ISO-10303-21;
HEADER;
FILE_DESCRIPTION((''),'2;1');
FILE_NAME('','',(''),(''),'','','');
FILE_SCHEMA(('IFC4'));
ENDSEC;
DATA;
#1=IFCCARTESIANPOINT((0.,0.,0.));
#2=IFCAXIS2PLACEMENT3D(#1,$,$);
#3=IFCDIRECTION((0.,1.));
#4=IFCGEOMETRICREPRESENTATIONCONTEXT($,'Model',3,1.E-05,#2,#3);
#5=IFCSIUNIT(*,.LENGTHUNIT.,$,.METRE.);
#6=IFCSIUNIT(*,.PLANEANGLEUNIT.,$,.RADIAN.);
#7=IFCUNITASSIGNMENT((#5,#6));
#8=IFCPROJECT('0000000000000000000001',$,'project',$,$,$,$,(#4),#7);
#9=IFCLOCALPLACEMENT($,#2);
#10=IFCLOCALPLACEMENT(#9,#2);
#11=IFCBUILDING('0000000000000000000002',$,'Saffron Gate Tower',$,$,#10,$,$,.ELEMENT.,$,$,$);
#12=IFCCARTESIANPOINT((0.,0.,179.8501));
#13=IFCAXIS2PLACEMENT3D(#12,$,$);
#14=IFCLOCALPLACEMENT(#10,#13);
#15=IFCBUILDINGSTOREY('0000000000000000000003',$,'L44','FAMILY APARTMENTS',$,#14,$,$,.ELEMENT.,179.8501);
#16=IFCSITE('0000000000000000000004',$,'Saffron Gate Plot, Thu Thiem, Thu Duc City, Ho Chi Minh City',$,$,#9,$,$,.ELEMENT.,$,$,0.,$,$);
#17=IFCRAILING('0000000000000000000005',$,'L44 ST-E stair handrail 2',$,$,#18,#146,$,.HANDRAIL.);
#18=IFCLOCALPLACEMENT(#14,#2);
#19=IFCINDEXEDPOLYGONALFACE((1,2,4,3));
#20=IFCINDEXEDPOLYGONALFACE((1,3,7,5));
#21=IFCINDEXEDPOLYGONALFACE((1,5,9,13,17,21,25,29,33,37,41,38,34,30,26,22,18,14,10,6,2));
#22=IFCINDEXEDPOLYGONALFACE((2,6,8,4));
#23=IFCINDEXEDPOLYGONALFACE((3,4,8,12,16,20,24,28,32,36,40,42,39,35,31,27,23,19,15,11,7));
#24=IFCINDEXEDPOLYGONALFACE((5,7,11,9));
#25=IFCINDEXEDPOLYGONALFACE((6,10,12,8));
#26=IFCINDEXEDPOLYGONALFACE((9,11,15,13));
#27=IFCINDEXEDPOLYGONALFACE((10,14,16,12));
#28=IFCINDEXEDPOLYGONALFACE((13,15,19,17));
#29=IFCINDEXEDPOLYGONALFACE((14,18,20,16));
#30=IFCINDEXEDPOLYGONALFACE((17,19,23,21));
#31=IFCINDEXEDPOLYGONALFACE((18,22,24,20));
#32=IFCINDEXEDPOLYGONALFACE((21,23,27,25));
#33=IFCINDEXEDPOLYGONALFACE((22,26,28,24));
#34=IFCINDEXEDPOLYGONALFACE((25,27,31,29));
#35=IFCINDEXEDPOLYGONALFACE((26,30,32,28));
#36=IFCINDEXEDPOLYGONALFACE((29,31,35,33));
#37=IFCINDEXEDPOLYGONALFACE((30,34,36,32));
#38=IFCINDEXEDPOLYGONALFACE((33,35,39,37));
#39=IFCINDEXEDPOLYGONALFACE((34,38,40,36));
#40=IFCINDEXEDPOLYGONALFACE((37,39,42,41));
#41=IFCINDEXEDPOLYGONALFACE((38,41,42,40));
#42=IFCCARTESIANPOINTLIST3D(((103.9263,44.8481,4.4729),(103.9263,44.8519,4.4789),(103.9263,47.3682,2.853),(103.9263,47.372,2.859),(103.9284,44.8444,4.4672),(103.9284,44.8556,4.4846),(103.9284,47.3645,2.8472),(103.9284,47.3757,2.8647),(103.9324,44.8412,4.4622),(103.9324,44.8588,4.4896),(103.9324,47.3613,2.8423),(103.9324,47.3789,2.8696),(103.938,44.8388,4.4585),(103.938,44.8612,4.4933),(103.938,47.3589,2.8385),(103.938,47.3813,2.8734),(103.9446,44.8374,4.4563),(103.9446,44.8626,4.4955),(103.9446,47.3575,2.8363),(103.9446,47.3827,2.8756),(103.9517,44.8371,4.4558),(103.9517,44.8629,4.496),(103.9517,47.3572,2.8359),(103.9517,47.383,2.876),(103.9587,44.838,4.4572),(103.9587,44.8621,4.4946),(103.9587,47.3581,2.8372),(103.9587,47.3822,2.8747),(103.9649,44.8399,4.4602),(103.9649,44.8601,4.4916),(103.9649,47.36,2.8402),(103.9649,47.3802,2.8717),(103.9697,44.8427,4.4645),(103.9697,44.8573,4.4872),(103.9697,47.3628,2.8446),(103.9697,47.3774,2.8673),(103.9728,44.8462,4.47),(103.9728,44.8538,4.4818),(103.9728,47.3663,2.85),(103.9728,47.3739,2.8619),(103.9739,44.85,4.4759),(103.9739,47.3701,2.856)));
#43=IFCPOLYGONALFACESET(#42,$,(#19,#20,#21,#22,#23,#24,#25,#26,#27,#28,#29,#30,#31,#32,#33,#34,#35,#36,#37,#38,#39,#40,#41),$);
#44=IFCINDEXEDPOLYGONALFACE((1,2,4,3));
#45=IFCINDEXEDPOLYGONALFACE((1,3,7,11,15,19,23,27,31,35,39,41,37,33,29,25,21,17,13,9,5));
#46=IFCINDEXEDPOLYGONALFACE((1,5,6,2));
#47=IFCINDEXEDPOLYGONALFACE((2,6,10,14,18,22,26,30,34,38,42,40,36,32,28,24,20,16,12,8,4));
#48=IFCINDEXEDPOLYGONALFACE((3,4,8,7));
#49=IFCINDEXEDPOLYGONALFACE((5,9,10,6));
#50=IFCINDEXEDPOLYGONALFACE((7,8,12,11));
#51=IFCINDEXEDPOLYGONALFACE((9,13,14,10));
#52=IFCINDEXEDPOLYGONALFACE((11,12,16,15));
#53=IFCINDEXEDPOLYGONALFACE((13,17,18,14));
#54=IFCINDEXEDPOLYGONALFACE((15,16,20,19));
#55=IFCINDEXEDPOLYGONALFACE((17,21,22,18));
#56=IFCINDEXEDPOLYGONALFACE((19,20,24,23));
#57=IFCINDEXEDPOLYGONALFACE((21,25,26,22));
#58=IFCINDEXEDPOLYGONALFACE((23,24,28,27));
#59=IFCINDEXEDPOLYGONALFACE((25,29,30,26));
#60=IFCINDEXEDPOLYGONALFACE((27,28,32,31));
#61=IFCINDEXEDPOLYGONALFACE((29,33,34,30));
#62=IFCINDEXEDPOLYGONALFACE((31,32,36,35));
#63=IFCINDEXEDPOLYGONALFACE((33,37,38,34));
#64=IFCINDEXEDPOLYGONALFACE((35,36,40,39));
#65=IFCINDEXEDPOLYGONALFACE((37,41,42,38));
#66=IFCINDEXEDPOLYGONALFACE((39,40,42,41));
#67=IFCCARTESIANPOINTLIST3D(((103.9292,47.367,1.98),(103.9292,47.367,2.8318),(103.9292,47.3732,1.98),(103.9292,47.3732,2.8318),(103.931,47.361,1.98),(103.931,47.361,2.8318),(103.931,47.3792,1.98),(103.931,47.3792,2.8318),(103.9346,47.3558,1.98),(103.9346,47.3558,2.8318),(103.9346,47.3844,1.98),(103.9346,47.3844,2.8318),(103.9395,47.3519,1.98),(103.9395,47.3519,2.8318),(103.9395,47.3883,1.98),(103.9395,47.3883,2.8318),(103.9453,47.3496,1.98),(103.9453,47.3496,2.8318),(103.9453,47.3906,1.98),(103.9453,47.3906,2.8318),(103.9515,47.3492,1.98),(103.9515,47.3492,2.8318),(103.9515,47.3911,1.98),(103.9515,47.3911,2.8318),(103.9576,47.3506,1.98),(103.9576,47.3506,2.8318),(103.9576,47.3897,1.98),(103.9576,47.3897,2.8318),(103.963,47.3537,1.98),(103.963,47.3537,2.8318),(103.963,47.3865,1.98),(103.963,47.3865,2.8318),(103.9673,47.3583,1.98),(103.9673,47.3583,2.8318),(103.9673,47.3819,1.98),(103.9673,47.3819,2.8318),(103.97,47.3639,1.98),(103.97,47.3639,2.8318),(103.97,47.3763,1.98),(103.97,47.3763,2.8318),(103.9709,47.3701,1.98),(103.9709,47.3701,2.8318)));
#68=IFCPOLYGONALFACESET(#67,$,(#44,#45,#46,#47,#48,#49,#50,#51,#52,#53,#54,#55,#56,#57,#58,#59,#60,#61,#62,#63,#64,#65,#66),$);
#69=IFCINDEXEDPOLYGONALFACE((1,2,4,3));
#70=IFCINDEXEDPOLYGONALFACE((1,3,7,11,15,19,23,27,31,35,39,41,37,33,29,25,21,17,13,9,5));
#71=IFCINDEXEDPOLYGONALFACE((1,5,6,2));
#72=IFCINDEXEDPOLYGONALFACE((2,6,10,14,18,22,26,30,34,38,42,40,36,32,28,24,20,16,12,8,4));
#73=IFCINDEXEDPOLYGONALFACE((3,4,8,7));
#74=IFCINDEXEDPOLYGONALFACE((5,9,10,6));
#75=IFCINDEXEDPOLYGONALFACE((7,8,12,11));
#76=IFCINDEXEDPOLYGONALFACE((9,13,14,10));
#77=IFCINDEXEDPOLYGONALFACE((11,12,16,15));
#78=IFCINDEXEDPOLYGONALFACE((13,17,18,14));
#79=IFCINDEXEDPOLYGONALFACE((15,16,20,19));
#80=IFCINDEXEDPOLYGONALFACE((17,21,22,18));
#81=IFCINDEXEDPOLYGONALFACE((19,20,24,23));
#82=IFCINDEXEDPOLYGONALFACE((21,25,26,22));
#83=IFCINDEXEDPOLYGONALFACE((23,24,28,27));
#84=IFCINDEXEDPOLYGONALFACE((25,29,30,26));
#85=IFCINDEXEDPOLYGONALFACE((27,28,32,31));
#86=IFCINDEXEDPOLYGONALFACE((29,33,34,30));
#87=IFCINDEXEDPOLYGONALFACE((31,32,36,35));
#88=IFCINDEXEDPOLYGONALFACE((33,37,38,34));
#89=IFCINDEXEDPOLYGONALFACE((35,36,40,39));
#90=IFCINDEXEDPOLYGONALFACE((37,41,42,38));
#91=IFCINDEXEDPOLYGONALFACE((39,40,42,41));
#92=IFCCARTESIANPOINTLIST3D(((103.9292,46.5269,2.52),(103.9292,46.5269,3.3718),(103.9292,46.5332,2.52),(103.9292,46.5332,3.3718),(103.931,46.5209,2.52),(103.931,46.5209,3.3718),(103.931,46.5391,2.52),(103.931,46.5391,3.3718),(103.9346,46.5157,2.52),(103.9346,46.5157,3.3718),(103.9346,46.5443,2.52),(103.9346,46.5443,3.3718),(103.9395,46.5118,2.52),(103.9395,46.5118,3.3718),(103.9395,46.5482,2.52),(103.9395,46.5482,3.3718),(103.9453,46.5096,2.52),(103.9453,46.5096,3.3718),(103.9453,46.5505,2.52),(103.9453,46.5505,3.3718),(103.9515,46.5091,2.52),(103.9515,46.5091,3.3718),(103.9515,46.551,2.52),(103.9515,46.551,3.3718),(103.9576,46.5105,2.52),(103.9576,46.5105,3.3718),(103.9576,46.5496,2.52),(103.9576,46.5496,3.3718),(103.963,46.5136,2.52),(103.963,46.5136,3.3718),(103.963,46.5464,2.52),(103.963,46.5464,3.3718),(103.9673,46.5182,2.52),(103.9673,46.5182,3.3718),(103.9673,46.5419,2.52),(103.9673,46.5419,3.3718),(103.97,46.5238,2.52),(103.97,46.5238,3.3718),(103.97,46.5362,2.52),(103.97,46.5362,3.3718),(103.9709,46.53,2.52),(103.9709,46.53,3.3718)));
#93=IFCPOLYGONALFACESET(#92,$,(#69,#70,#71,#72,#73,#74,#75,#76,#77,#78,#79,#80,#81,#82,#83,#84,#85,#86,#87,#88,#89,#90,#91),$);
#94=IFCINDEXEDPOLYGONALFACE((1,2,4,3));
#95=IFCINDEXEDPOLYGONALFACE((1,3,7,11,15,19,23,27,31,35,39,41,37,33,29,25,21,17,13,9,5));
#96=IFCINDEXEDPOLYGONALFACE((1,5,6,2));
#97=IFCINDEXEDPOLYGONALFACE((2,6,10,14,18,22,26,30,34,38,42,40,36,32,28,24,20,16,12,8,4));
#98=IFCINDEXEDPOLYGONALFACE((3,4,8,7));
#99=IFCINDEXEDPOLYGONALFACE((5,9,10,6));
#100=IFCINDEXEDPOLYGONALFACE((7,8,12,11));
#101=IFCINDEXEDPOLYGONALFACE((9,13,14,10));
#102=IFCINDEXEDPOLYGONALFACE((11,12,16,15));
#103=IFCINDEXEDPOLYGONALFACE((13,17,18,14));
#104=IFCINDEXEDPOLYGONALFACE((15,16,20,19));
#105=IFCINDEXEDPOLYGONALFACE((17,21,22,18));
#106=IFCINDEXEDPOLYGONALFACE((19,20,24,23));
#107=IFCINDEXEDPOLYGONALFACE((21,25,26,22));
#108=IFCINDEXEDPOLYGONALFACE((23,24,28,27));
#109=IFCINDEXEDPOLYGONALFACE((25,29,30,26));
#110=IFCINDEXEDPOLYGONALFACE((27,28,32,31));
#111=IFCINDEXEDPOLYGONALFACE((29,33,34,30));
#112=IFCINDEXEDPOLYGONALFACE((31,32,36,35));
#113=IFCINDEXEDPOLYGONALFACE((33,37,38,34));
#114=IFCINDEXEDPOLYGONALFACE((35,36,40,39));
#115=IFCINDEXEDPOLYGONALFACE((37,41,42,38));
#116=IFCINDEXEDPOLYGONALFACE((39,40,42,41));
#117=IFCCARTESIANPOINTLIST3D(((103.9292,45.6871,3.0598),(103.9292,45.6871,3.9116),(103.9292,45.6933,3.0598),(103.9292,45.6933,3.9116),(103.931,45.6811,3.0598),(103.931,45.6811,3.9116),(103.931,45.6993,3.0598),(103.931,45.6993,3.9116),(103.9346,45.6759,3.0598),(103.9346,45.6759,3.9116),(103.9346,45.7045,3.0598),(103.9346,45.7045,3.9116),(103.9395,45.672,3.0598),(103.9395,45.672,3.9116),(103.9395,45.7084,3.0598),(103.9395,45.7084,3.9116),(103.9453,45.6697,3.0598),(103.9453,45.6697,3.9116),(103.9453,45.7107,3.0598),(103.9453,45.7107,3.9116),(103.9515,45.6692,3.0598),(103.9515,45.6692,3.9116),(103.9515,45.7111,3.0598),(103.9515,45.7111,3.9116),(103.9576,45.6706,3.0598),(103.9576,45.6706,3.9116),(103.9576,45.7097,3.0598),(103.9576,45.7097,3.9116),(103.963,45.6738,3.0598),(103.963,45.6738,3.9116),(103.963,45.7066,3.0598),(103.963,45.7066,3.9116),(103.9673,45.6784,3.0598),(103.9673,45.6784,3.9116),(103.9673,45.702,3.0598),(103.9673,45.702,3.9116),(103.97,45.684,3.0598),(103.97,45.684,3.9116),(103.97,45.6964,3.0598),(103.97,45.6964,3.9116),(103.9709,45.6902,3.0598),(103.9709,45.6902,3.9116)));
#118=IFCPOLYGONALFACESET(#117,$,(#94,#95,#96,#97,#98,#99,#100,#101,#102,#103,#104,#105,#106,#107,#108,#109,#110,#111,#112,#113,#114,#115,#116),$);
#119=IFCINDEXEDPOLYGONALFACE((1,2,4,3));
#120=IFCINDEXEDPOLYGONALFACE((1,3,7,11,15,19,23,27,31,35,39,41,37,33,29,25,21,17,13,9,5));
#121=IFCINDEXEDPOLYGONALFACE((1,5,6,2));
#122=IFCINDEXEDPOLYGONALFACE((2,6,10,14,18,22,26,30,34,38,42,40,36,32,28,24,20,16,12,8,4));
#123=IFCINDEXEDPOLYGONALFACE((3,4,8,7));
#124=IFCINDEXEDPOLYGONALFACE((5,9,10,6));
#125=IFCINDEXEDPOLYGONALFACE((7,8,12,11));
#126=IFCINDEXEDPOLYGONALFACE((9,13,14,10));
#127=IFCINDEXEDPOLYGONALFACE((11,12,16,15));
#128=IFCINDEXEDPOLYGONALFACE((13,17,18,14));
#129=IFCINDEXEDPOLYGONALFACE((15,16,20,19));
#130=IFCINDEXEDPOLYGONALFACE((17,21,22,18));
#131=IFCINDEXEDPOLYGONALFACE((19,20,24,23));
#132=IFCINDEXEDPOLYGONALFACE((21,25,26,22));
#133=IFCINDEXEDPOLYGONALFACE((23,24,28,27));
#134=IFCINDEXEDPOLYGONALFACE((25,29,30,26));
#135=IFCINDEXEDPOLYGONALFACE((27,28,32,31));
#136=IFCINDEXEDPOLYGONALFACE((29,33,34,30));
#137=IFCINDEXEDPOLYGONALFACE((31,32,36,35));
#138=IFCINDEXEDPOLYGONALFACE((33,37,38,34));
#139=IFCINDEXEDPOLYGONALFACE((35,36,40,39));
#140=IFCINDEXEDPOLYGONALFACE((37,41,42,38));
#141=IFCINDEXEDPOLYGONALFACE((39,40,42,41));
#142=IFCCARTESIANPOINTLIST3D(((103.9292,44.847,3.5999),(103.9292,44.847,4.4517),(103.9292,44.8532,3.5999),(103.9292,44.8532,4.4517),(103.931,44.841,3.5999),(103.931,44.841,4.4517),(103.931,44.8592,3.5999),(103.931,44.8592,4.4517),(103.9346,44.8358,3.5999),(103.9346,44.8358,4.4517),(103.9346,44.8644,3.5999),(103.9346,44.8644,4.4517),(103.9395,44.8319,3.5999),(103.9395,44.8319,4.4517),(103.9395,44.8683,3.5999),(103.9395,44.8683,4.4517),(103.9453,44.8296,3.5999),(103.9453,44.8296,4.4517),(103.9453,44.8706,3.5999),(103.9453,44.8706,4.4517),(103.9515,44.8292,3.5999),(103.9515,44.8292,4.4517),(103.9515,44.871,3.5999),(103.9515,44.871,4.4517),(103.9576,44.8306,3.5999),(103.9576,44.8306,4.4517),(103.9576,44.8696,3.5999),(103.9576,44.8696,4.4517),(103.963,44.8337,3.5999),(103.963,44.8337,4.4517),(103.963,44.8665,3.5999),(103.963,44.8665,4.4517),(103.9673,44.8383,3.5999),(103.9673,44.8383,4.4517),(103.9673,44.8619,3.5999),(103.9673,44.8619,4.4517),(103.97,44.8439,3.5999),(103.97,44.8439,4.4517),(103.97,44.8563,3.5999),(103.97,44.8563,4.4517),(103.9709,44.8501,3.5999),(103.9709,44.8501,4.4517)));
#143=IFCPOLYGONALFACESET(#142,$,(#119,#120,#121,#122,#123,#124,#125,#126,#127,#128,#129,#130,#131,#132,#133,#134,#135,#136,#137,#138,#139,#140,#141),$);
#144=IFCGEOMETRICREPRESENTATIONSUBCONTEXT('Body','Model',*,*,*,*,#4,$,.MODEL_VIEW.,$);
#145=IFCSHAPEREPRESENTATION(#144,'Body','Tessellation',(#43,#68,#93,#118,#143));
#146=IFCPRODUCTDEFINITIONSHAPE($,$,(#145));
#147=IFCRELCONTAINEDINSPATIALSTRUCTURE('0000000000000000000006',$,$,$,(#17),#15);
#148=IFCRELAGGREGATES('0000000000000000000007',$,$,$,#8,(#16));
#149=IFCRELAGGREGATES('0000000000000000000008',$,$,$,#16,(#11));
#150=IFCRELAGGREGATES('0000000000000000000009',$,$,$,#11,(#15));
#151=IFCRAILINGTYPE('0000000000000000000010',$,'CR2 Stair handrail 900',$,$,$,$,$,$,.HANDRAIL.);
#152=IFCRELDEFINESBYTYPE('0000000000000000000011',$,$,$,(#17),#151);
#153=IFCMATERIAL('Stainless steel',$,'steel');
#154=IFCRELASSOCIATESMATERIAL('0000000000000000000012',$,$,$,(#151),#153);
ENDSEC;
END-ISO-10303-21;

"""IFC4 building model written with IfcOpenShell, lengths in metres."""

from ifc_helpers import new_model, si_unit, direction, frame, origin, origin_2d, place, context, subcontext, project, spatial, circle, extrude, material, type_object, element, save


model = new_model("IFC4")

# Units and contexts
model_context = context("Model", 3, precision=1e-05, world=origin(), true_north=direction((0.0, 1.0)))
body_context = subcontext(model_context, "Body", "Model", "MODEL_VIEW")
ifc_project = project(units=[si_unit("LENGTHUNIT", "METRE"), si_unit("PLANEANGLEUNIT", "RADIAN")], contexts=[model_context])

# Site, building, storey
site_placement = place(None, origin())
site = spatial("IfcSite", under=ifc_project, at=site_placement, Name="Saffron Gate Plot, Thu Thiem, Thu Duc City, Ho Chi Minh City", CompositionType="ELEMENT", RefElevation=0.0)
building_placement = place(site_placement, origin())
building = spatial("IfcBuilding", under=site, at=building_placement, Name="Saffron Gate Tower", CompositionType="ELEMENT")
storey_placement = place(building_placement, frame((0.0, 0.0, 179.8501)))
storey = spatial("IfcBuildingStorey", under=building, at=storey_placement, Name="L44", Description="FAMILY APARTMENTS", CompositionType="ELEMENT", Elevation=179.8501)

# Railing
ifc_material_1 = material(Name="Stainless steel", Category="steel")
railing_type = type_object("IfcRailingType", Name="CR2 Stair handrail 900", PredefinedType="HANDRAIL", material=ifc_material_1)
railing_1_placement = place(storey_placement, frame((103.95, 47.3701, 1.98)))
element("IfcRailing", 1, at=railing_1_placement, inside=storey, type_object=railing_type, Name="L44 ST-E stair handrail 2", PredefinedType="HANDRAIL", context=body_context, shape_type="SweptSolid", body=[
    extrude(circle(Radius=0.0239, at=origin_2d()), frame((0.0, 0.0, 0.876), z_axis=(0.0, -0.8412, 0.540725), x_axis=(1.0, 0.0, 0.0)), (0.0, 0.0, 1.0), 2.9958),
    extrude(circle(Radius=0.021, at=origin_2d()), origin(), (0.0, 0.0, 1.0), 0.8518),
    extrude(circle(Radius=0.021, at=origin_2d()), frame((0.0, -0.8401, 0.54)), (0.0, 0.0, 1.0), 0.8518),
    extrude(circle(Radius=0.021, at=origin_2d()), frame((0.0, -1.6799, 1.0798)), (0.0, 0.0, 1.0), 0.8518),
    extrude(circle(Radius=0.021, at=origin_2d()), frame((0.0, -2.52, 1.6199)), (0.0, 0.0, 1.0), 0.8518),
])

save(model, "model.ifc")
